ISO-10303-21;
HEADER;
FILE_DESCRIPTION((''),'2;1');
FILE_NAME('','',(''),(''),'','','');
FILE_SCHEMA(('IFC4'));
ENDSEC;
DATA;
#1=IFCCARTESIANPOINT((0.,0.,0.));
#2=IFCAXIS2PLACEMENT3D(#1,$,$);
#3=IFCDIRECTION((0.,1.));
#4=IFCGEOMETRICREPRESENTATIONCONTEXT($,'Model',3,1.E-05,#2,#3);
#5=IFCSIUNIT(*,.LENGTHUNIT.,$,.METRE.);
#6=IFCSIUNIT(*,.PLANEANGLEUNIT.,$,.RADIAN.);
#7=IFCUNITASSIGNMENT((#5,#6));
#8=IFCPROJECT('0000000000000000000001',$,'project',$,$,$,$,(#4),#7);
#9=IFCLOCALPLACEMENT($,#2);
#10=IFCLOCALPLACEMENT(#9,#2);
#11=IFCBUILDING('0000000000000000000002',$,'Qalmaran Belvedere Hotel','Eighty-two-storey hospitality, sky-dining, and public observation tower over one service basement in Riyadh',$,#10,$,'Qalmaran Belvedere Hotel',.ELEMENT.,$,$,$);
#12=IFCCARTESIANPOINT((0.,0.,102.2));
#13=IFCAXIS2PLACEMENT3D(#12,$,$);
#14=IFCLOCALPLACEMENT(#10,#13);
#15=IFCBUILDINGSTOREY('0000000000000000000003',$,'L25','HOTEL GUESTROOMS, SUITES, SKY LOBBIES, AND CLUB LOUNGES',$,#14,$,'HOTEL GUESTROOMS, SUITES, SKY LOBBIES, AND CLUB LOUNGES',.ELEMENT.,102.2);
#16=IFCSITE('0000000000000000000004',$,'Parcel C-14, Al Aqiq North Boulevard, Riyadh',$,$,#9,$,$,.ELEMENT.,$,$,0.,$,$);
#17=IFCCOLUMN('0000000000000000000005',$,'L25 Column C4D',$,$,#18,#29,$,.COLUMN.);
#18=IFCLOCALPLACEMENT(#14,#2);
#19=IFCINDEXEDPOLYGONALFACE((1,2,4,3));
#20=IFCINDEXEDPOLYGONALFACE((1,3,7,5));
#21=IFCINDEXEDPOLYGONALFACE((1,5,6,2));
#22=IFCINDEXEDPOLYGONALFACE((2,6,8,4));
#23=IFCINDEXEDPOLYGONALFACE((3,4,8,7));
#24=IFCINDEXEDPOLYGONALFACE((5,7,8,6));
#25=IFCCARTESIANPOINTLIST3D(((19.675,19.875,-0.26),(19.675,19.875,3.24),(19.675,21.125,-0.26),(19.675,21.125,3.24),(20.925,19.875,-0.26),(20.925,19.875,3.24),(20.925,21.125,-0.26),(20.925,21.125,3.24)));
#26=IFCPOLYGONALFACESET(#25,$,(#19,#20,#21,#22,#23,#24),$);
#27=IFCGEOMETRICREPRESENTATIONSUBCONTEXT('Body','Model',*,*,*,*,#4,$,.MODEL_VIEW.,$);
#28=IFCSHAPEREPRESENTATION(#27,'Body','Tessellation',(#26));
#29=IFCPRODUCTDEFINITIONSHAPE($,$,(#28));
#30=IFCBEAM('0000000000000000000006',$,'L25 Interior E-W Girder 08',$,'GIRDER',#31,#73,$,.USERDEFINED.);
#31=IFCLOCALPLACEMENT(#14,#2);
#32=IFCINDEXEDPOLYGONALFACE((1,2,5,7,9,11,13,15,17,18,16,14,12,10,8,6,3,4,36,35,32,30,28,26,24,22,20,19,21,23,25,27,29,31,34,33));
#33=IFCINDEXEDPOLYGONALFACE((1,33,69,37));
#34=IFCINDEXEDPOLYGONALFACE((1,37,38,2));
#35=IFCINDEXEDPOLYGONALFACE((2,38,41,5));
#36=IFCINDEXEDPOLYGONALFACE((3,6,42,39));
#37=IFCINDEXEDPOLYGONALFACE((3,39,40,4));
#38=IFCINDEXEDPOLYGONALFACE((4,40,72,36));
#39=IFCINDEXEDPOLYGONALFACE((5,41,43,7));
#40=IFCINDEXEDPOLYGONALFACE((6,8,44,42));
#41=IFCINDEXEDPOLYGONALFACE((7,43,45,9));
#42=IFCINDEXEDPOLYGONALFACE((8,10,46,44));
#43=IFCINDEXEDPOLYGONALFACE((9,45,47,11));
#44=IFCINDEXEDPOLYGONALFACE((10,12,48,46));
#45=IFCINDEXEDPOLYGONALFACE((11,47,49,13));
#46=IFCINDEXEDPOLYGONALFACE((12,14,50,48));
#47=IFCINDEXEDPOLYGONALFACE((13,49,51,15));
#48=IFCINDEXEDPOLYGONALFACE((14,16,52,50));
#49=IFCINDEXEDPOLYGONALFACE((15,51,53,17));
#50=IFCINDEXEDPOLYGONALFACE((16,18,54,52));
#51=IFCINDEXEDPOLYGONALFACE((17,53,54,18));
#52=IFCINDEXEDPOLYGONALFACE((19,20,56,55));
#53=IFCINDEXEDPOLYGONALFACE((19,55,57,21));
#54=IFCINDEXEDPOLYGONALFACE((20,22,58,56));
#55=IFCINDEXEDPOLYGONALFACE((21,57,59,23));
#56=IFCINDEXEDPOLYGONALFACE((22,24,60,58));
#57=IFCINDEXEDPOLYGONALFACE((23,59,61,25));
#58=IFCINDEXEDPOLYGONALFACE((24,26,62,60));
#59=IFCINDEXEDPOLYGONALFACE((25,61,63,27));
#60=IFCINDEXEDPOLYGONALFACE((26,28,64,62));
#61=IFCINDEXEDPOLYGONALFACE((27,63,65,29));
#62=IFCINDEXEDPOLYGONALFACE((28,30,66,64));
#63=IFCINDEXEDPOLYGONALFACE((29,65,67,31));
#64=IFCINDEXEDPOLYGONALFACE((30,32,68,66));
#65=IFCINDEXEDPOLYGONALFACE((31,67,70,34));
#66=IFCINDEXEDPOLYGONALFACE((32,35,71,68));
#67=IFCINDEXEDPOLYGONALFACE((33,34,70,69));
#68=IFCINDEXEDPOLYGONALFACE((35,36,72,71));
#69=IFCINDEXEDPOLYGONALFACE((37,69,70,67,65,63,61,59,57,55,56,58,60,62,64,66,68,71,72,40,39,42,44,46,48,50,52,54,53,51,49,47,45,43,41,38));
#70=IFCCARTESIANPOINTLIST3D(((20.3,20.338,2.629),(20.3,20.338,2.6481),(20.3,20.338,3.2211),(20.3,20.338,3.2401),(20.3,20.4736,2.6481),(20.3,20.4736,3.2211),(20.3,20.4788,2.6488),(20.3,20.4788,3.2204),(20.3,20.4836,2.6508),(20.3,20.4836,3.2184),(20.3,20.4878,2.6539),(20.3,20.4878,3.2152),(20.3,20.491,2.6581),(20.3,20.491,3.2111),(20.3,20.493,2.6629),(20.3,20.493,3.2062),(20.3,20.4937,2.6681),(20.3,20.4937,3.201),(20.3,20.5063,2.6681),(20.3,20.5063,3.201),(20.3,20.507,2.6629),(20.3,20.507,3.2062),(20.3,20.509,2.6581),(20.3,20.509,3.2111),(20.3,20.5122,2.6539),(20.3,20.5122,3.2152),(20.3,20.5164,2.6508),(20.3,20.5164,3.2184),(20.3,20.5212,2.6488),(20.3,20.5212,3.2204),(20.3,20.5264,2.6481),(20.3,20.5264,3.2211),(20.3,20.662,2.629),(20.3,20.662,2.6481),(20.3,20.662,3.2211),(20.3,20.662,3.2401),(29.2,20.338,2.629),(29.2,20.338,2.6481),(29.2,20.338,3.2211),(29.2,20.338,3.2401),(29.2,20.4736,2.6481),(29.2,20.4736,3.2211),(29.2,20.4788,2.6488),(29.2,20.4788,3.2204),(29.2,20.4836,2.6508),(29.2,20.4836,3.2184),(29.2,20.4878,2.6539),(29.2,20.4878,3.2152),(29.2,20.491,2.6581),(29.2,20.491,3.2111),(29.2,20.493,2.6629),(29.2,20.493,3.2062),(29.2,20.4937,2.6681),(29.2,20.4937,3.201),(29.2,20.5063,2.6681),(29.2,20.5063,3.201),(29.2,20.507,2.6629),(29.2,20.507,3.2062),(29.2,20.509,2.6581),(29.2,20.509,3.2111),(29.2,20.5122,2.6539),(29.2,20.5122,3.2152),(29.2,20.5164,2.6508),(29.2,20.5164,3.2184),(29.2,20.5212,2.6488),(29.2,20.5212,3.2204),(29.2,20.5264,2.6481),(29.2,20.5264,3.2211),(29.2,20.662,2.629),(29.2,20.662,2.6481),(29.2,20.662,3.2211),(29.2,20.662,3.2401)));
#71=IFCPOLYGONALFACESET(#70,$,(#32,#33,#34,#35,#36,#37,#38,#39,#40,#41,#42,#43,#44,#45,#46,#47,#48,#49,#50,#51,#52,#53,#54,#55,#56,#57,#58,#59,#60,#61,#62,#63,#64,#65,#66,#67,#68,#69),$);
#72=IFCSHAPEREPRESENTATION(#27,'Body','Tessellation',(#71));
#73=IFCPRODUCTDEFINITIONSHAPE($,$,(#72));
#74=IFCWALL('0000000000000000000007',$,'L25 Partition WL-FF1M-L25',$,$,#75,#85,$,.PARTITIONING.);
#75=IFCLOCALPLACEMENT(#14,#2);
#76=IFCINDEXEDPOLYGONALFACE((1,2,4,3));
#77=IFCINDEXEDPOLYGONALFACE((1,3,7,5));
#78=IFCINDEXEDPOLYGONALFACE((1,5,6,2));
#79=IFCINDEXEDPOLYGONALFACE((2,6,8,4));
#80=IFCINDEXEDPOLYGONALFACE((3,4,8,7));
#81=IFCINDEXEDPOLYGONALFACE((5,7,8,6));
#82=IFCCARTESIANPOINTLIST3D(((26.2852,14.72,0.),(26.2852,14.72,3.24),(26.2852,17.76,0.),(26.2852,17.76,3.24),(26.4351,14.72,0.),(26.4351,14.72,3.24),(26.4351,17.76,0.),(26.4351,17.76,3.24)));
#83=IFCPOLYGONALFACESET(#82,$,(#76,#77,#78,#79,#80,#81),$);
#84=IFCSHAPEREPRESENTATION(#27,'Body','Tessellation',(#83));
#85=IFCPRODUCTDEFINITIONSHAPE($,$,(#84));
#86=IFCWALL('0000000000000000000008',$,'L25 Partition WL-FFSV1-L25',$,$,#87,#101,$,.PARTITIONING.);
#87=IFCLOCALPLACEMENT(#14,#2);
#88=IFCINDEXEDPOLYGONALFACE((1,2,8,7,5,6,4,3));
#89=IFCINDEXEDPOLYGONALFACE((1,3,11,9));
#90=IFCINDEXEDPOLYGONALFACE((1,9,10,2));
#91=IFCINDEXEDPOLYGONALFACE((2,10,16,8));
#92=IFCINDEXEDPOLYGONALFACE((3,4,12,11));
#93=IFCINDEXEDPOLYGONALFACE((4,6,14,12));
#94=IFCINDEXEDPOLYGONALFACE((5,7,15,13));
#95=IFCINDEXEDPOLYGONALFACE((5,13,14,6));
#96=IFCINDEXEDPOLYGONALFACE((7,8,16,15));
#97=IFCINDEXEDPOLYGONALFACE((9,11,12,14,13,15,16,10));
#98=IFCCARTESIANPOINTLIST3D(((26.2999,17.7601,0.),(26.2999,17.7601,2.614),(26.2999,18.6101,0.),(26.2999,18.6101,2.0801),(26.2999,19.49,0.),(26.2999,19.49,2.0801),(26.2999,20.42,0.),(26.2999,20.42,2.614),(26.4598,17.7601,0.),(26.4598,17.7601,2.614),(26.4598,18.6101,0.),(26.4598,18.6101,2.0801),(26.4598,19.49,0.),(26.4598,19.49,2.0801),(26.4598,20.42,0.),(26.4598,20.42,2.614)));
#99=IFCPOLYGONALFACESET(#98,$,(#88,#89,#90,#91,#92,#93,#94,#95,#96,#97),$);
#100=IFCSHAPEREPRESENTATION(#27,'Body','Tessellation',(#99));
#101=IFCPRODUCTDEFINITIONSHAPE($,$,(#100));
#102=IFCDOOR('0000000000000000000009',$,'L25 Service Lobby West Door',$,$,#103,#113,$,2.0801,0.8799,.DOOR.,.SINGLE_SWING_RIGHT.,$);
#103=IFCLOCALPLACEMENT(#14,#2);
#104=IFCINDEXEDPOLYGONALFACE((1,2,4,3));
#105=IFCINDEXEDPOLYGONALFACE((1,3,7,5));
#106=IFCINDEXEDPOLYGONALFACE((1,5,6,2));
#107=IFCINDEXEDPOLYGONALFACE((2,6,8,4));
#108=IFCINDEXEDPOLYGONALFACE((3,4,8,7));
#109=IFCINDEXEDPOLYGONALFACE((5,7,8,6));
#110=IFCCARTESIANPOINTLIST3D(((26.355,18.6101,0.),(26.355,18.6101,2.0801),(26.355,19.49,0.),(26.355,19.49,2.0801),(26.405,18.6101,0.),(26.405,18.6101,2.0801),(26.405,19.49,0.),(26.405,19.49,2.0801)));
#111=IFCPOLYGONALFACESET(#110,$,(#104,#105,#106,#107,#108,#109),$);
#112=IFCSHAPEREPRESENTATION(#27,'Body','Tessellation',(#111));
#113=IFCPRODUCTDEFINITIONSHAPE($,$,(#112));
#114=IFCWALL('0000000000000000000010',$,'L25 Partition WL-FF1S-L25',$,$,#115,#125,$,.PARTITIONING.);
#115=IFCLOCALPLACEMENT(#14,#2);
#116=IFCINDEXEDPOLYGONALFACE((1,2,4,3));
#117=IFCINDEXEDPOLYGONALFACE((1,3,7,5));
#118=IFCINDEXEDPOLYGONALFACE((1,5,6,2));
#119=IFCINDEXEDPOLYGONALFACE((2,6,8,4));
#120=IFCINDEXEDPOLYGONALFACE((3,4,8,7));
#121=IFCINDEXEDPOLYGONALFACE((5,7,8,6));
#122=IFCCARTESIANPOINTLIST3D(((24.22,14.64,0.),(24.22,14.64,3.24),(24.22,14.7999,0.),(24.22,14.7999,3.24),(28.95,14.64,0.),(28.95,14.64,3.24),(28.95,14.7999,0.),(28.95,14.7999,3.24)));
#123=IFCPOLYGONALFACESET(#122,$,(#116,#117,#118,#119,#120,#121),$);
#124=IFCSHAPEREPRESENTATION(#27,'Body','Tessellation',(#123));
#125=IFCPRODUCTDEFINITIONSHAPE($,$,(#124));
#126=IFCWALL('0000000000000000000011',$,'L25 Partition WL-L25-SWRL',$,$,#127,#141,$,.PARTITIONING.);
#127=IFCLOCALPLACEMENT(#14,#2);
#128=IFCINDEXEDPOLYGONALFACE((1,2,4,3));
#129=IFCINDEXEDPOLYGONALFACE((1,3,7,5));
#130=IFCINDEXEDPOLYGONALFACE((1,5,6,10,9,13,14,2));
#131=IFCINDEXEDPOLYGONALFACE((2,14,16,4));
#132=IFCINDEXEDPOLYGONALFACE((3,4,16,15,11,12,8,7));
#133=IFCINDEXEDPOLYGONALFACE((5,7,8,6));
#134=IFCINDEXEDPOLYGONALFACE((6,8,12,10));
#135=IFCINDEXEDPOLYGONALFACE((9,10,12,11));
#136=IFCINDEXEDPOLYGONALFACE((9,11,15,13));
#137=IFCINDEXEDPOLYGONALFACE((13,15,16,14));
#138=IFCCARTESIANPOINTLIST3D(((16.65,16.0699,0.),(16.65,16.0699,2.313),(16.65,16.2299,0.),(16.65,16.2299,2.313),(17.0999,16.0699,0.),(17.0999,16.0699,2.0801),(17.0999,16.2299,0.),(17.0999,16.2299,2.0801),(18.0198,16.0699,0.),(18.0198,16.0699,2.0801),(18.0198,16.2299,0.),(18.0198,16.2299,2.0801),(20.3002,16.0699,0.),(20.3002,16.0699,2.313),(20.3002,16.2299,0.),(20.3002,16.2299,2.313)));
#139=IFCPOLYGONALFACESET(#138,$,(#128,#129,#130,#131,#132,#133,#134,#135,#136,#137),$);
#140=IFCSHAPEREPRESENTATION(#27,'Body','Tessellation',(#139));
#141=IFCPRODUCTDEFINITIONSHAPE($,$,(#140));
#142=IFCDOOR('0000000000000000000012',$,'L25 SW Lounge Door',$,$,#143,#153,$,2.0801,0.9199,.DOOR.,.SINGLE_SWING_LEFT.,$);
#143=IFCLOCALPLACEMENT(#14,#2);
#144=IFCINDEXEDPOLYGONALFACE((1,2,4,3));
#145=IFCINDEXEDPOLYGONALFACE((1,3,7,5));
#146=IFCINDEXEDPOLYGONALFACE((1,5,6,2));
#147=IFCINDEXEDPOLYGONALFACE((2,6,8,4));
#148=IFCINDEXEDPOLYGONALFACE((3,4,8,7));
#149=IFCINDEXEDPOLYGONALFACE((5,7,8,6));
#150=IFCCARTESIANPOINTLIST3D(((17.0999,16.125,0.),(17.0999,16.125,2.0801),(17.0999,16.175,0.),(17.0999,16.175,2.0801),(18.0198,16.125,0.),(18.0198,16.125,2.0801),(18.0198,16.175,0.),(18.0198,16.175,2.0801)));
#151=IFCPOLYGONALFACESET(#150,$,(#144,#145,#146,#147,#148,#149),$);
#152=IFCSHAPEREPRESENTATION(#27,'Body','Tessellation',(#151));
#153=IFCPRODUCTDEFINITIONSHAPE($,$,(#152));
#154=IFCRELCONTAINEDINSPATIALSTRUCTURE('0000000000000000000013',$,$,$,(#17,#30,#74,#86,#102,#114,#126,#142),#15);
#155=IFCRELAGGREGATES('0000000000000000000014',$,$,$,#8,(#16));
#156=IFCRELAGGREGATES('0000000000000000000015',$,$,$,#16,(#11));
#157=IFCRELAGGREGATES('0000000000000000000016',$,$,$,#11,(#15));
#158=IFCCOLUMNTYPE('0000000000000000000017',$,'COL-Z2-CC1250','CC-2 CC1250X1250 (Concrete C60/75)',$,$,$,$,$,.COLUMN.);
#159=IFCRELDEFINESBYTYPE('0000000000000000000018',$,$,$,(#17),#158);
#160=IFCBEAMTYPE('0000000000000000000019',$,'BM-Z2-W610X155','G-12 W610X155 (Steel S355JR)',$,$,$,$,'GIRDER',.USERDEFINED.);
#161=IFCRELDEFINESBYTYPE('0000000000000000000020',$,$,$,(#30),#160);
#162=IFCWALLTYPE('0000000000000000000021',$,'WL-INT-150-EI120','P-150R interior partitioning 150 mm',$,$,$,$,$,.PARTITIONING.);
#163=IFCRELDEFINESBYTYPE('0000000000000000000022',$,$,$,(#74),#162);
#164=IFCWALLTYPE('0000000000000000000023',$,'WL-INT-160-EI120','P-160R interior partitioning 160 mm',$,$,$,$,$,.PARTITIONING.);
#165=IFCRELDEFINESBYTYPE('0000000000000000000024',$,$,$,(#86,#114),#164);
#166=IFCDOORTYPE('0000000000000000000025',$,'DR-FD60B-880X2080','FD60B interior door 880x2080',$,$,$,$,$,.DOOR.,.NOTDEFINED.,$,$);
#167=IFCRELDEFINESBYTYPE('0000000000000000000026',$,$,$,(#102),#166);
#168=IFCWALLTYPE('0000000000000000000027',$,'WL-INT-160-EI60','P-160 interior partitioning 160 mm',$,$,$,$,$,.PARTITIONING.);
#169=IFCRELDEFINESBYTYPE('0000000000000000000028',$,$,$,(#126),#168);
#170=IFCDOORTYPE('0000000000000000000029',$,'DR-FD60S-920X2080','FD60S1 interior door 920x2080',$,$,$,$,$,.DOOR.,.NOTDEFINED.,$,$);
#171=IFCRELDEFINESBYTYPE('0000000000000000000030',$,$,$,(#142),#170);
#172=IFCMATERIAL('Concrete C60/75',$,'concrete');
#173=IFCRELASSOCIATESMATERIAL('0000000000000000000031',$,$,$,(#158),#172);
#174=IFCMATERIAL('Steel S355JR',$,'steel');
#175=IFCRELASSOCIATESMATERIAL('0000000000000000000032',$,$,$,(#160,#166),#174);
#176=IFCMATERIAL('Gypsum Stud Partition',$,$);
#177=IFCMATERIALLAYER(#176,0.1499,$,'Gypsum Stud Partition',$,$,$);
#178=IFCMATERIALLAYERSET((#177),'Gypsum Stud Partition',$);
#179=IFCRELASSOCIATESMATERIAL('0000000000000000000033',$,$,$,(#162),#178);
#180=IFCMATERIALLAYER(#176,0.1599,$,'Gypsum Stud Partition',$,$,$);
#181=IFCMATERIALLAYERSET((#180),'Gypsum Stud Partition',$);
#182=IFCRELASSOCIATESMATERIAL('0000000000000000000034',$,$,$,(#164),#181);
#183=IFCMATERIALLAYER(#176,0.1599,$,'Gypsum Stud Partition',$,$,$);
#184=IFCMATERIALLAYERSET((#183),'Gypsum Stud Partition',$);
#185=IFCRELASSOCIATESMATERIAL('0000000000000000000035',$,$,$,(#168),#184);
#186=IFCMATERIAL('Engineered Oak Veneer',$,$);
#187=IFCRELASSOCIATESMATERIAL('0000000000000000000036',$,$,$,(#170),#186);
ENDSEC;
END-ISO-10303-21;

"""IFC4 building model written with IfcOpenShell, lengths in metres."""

from ifc_helpers import new_model, si_unit, direction, frame, frame_2d, origin, origin_2d, place, context, subcontext, project, spatial, rectangle, i_section, extrude, material, layer, layer_set, material_profile, profile_set, type_object, element, fill, save


model = new_model("IFC4")

# Units and contexts
model_context = context("Model", 3, precision=1e-05, world=origin(), true_north=direction((0.0, 1.0)))
body_context = subcontext(model_context, "Body", "Model", "MODEL_VIEW")
ifc_project = project(units=[si_unit("LENGTHUNIT", "METRE"), si_unit("PLANEANGLEUNIT", "RADIAN")], contexts=[model_context])

# Site, building, storey
site_placement = place(None, origin())
site = spatial("IfcSite", under=ifc_project, at=site_placement, Name="Parcel C-14, Al Aqiq North Boulevard, Riyadh", CompositionType="ELEMENT", RefElevation=0.0)
building_placement = place(site_placement, origin())
building = spatial("IfcBuilding", under=site, at=building_placement, Name="Qalmaran Belvedere Hotel", Description="Eighty-two-storey hospitality, sky-dining, and public observation tower over one service basement in Riyadh", LongName="Qalmaran Belvedere Hotel", CompositionType="ELEMENT")
storey_placement = place(building_placement, frame((0.0, 0.0, 102.2)))
storey = spatial("IfcBuildingStorey", under=building, at=storey_placement, Name="L25", Description="HOTEL GUESTROOMS, SUITES, SKY LOBBIES, AND CLUB LOUNGES", LongName="HOTEL GUESTROOMS, SUITES, SKY LOBBIES, AND CLUB LOUNGES", CompositionType="ELEMENT", Elevation=102.2)

# Column
ifc_material_1 = material(Name="Concrete C60/75", Category="concrete")
ifc_material_profile_1 = material_profile(ifc_material_1, rectangle(XDim=1.25, YDim=1.25, at=origin_2d()), Name="CC1250X1250")
ifc_profile_set_1 = profile_set([ifc_material_profile_1], Name="Concrete C60/75")
column_type = type_object("IfcColumnType", Name="COL-Z2-CC1250", Description="CC-2 CC1250X1250 (Concrete C60/75)", PredefinedType="COLUMN", material=ifc_profile_set_1)
column_placement = place(storey_placement, frame((20.3, 20.5, -0.26), z_axis=(0.0, 0.0, 1.0), x_axis=(1.0, 0.0, 0.0)))
element("IfcColumn", 1, at=column_placement, inside=storey, type_object=column_type, Name="L25 Column C4D", PredefinedType="COLUMN", context=body_context, shape_type="SweptSolid", body=[
    extrude(rectangle(XDim=1.25, YDim=1.25, at=origin_2d()), origin(), (0.0, 0.0, 1.0), 3.5),
])

# Beam
ifc_material_2 = material(Name="Steel S355JR", Category="steel")
ifc_material_profile_2 = material_profile(ifc_material_2, i_section(OverallWidth=0.324, OverallDepth=0.6111, WebThickness=0.0127, FlangeThickness=0.019, FilletRadius=0.02, at=origin_2d()), Name="W610X155")
ifc_profile_set_2 = profile_set([ifc_material_profile_2], Name="Steel S355JR")
beam_type = type_object("IfcBeamType", Name="BM-Z2-W610X155", Description="G-12 W610X155 (Steel S355JR)", ElementType="GIRDER", PredefinedType="USERDEFINED", material=ifc_profile_set_2)
beam_placement = place(storey_placement, frame((20.3, 20.5, 2.9346), z_axis=(1.0, 0.0, 0.0), x_axis=(0.0, 1.0, 0.0)))
element("IfcBeam", 2, at=beam_placement, inside=storey, type_object=beam_type, Name="L25 Interior E-W Girder 08", ObjectType="GIRDER", PredefinedType="USERDEFINED", context=body_context, shape_type="SweptSolid", body=[
    extrude(i_section(OverallWidth=0.324, OverallDepth=0.6111, WebThickness=0.0127, FlangeThickness=0.019, FilletRadius=0.02, at=origin_2d()), origin(), (0.0, 0.0, 1.0), 8.8999),
])

# Wall
ifc_material_3 = material(Name="Gypsum Stud Partition")
ifc_layer_1 = layer(ifc_material_3, 0.1499, Name="Gypsum Stud Partition")
ifc_layer_set_1 = layer_set([ifc_layer_1], Name="Gypsum Stud Partition")
wall_type_1 = type_object("IfcWallType", Name="WL-INT-150-EI120", Description="P-150R interior partitioning 150 mm", PredefinedType="PARTITIONING", material=ifc_layer_set_1)
wall_1_placement = place(storey_placement, frame((26.3601, 14.72, 0.0), z_axis=(0.0, 0.0, 1.0), x_axis=(0.0, 1.0, 0.0)))
element("IfcWall", 3, at=wall_1_placement, inside=storey, type_object=wall_type_1, Name="L25 Partition WL-FF1M-L25", PredefinedType="PARTITIONING", context=body_context, shape_type="SweptSolid", body=[
    extrude(rectangle(XDim=3.04, YDim=0.1499, at=frame_2d((1.52, 0.0))), origin(), (0.0, 0.0, 1.0), 3.24),
])

# Wall, opening, door
ifc_layer_2 = layer(ifc_material_3, 0.1599, Name="Gypsum Stud Partition")
ifc_layer_set_2 = layer_set([ifc_layer_2], Name="Gypsum Stud Partition")
wall_type_2 = type_object("IfcWallType", Name="WL-INT-160-EI120", Description="P-160R interior partitioning 160 mm", PredefinedType="PARTITIONING", material=ifc_layer_set_2)
wall_2_placement = place(storey_placement, frame((26.3799, 17.76, 0.0), z_axis=(0.0, 0.0, 1.0), x_axis=(0.0, 1.0, 0.0)))
wall_2 = element("IfcWall", 4, at=wall_2_placement, inside=storey, type_object=wall_type_2, Name="L25 Partition WL-FFSV1-L25", PredefinedType="PARTITIONING", context=body_context, shape_type="SweptSolid", body=[
    extrude(rectangle(XDim=2.6599, YDim=0.1599, at=frame_2d((1.3301, 0.0))), origin(), (0.0, 0.0, 1.0), 2.614),
])
opening_1_placement = place(wall_2_placement, frame((0.8501, 0.0, 0.0)))
opening_1 = element("IfcOpeningElement", 5, at=opening_1_placement, cuts=wall_2, PredefinedType="OPENING", context=body_context, shape_type="SweptSolid", body=[
    extrude(rectangle(XDim=0.8799, YDim=2.0801, at=frame_2d((0.4399, 1.04))), frame((0.0, 0.0898, 0.0), z_axis=(0.0, -1.0, 0.0), x_axis=(1.0, 0.0, 0.0)), (0.0, 0.0, 1.0), 0.1799),
])
door_type_1 = type_object("IfcDoorType", Name="DR-FD60B-880X2080", Description="FD60B interior door 880x2080", OperationType="NOTDEFINED", PredefinedType="DOOR", material=ifc_material_2)
door_1_placement = place(opening_1_placement, origin())
door_1 = element("IfcDoor", 6, at=door_1_placement, inside=storey, type_object=door_type_1, Name="L25 Service Lobby West Door", OperationType="SINGLE_SWING_RIGHT", OverallHeight=2.0801, OverallWidth=0.8799, PredefinedType="DOOR", context=body_context, shape_type="SweptSolid", body=[
    extrude(rectangle(XDim=0.8799, YDim=2.0801, at=frame_2d((0.4399, 1.04))), frame((0.0, 0.0249, 0.0), z_axis=(0.0, -1.0, 0.0), x_axis=(1.0, 0.0, 0.0)), (0.0, 0.0, 1.0), 0.05),
])
fill(opening_1, door_1)

# Wall
wall_3_placement = place(storey_placement, frame((24.22, 14.72, 0.0), z_axis=(0.0, 0.0, 1.0), x_axis=(1.0, 0.0, 0.0)))
element("IfcWall", 7, at=wall_3_placement, inside=storey, type_object=wall_type_2, Name="L25 Partition WL-FF1S-L25", PredefinedType="PARTITIONING", context=body_context, shape_type="SweptSolid", body=[
    extrude(rectangle(XDim=4.73, YDim=0.1599, at=frame_2d((2.365, 0.0))), origin(), (0.0, 0.0, 1.0), 3.24),
])

# Wall, opening, door
ifc_layer_3 = layer(ifc_material_3, 0.1599, Name="Gypsum Stud Partition")
ifc_layer_set_3 = layer_set([ifc_layer_3], Name="Gypsum Stud Partition")
wall_type_3 = type_object("IfcWallType", Name="WL-INT-160-EI60", Description="P-160 interior partitioning 160 mm", PredefinedType="PARTITIONING", material=ifc_layer_set_3)
wall_4_placement = place(storey_placement, frame((16.6499, 16.1499, 0.0), z_axis=(0.0, 0.0, 1.0), x_axis=(1.0, 0.0, 0.0)))
wall_4 = element("IfcWall", 8, at=wall_4_placement, inside=storey, type_object=wall_type_3, Name="L25 Partition WL-L25-SWRL", PredefinedType="PARTITIONING", context=body_context, shape_type="SweptSolid", body=[
    extrude(rectangle(XDim=3.6501, YDim=0.1599, at=frame_2d((1.8252, 0.0))), origin(), (0.0, 0.0, 1.0), 2.313),
])
opening_2_placement = place(wall_4_placement, frame((1.3699, 0.0, 0.0), z_axis=(0.0, 0.0, 1.0), x_axis=(-1.0, 0.0, 0.0)))
opening_2 = element("IfcOpeningElement", 9, at=opening_2_placement, cuts=wall_4, PredefinedType="OPENING", context=body_context, shape_type="SweptSolid", body=[
    extrude(rectangle(XDim=0.9199, YDim=2.0801, at=frame_2d((0.46, 1.04))), frame((0.0, 0.0898, 0.0), z_axis=(0.0, -1.0, 0.0), x_axis=(1.0, 0.0, 0.0)), (0.0, 0.0, 1.0), 0.1799),
])
ifc_material_4 = material(Name="Engineered Oak Veneer")
door_type_2 = type_object("IfcDoorType", Name="DR-FD60S-920X2080", Description="FD60S1 interior door 920x2080", OperationType="NOTDEFINED", PredefinedType="DOOR", material=ifc_material_4)
door_2_placement = place(opening_2_placement, origin())
door_2 = element("IfcDoor", 10, at=door_2_placement, inside=storey, type_object=door_type_2, Name="L25 SW Lounge Door", OperationType="SINGLE_SWING_LEFT", OverallHeight=2.0801, OverallWidth=0.9199, PredefinedType="DOOR", context=body_context, shape_type="SweptSolid", body=[
    extrude(rectangle(XDim=0.9199, YDim=2.0801, at=frame_2d((0.46, 1.04))), frame((0.0, 0.0249, 0.0), z_axis=(0.0, -1.0, 0.0), x_axis=(1.0, 0.0, 0.0)), (0.0, 0.0, 1.0), 0.05),
])
fill(opening_2, door_2)

save(model, "model.ifc")
